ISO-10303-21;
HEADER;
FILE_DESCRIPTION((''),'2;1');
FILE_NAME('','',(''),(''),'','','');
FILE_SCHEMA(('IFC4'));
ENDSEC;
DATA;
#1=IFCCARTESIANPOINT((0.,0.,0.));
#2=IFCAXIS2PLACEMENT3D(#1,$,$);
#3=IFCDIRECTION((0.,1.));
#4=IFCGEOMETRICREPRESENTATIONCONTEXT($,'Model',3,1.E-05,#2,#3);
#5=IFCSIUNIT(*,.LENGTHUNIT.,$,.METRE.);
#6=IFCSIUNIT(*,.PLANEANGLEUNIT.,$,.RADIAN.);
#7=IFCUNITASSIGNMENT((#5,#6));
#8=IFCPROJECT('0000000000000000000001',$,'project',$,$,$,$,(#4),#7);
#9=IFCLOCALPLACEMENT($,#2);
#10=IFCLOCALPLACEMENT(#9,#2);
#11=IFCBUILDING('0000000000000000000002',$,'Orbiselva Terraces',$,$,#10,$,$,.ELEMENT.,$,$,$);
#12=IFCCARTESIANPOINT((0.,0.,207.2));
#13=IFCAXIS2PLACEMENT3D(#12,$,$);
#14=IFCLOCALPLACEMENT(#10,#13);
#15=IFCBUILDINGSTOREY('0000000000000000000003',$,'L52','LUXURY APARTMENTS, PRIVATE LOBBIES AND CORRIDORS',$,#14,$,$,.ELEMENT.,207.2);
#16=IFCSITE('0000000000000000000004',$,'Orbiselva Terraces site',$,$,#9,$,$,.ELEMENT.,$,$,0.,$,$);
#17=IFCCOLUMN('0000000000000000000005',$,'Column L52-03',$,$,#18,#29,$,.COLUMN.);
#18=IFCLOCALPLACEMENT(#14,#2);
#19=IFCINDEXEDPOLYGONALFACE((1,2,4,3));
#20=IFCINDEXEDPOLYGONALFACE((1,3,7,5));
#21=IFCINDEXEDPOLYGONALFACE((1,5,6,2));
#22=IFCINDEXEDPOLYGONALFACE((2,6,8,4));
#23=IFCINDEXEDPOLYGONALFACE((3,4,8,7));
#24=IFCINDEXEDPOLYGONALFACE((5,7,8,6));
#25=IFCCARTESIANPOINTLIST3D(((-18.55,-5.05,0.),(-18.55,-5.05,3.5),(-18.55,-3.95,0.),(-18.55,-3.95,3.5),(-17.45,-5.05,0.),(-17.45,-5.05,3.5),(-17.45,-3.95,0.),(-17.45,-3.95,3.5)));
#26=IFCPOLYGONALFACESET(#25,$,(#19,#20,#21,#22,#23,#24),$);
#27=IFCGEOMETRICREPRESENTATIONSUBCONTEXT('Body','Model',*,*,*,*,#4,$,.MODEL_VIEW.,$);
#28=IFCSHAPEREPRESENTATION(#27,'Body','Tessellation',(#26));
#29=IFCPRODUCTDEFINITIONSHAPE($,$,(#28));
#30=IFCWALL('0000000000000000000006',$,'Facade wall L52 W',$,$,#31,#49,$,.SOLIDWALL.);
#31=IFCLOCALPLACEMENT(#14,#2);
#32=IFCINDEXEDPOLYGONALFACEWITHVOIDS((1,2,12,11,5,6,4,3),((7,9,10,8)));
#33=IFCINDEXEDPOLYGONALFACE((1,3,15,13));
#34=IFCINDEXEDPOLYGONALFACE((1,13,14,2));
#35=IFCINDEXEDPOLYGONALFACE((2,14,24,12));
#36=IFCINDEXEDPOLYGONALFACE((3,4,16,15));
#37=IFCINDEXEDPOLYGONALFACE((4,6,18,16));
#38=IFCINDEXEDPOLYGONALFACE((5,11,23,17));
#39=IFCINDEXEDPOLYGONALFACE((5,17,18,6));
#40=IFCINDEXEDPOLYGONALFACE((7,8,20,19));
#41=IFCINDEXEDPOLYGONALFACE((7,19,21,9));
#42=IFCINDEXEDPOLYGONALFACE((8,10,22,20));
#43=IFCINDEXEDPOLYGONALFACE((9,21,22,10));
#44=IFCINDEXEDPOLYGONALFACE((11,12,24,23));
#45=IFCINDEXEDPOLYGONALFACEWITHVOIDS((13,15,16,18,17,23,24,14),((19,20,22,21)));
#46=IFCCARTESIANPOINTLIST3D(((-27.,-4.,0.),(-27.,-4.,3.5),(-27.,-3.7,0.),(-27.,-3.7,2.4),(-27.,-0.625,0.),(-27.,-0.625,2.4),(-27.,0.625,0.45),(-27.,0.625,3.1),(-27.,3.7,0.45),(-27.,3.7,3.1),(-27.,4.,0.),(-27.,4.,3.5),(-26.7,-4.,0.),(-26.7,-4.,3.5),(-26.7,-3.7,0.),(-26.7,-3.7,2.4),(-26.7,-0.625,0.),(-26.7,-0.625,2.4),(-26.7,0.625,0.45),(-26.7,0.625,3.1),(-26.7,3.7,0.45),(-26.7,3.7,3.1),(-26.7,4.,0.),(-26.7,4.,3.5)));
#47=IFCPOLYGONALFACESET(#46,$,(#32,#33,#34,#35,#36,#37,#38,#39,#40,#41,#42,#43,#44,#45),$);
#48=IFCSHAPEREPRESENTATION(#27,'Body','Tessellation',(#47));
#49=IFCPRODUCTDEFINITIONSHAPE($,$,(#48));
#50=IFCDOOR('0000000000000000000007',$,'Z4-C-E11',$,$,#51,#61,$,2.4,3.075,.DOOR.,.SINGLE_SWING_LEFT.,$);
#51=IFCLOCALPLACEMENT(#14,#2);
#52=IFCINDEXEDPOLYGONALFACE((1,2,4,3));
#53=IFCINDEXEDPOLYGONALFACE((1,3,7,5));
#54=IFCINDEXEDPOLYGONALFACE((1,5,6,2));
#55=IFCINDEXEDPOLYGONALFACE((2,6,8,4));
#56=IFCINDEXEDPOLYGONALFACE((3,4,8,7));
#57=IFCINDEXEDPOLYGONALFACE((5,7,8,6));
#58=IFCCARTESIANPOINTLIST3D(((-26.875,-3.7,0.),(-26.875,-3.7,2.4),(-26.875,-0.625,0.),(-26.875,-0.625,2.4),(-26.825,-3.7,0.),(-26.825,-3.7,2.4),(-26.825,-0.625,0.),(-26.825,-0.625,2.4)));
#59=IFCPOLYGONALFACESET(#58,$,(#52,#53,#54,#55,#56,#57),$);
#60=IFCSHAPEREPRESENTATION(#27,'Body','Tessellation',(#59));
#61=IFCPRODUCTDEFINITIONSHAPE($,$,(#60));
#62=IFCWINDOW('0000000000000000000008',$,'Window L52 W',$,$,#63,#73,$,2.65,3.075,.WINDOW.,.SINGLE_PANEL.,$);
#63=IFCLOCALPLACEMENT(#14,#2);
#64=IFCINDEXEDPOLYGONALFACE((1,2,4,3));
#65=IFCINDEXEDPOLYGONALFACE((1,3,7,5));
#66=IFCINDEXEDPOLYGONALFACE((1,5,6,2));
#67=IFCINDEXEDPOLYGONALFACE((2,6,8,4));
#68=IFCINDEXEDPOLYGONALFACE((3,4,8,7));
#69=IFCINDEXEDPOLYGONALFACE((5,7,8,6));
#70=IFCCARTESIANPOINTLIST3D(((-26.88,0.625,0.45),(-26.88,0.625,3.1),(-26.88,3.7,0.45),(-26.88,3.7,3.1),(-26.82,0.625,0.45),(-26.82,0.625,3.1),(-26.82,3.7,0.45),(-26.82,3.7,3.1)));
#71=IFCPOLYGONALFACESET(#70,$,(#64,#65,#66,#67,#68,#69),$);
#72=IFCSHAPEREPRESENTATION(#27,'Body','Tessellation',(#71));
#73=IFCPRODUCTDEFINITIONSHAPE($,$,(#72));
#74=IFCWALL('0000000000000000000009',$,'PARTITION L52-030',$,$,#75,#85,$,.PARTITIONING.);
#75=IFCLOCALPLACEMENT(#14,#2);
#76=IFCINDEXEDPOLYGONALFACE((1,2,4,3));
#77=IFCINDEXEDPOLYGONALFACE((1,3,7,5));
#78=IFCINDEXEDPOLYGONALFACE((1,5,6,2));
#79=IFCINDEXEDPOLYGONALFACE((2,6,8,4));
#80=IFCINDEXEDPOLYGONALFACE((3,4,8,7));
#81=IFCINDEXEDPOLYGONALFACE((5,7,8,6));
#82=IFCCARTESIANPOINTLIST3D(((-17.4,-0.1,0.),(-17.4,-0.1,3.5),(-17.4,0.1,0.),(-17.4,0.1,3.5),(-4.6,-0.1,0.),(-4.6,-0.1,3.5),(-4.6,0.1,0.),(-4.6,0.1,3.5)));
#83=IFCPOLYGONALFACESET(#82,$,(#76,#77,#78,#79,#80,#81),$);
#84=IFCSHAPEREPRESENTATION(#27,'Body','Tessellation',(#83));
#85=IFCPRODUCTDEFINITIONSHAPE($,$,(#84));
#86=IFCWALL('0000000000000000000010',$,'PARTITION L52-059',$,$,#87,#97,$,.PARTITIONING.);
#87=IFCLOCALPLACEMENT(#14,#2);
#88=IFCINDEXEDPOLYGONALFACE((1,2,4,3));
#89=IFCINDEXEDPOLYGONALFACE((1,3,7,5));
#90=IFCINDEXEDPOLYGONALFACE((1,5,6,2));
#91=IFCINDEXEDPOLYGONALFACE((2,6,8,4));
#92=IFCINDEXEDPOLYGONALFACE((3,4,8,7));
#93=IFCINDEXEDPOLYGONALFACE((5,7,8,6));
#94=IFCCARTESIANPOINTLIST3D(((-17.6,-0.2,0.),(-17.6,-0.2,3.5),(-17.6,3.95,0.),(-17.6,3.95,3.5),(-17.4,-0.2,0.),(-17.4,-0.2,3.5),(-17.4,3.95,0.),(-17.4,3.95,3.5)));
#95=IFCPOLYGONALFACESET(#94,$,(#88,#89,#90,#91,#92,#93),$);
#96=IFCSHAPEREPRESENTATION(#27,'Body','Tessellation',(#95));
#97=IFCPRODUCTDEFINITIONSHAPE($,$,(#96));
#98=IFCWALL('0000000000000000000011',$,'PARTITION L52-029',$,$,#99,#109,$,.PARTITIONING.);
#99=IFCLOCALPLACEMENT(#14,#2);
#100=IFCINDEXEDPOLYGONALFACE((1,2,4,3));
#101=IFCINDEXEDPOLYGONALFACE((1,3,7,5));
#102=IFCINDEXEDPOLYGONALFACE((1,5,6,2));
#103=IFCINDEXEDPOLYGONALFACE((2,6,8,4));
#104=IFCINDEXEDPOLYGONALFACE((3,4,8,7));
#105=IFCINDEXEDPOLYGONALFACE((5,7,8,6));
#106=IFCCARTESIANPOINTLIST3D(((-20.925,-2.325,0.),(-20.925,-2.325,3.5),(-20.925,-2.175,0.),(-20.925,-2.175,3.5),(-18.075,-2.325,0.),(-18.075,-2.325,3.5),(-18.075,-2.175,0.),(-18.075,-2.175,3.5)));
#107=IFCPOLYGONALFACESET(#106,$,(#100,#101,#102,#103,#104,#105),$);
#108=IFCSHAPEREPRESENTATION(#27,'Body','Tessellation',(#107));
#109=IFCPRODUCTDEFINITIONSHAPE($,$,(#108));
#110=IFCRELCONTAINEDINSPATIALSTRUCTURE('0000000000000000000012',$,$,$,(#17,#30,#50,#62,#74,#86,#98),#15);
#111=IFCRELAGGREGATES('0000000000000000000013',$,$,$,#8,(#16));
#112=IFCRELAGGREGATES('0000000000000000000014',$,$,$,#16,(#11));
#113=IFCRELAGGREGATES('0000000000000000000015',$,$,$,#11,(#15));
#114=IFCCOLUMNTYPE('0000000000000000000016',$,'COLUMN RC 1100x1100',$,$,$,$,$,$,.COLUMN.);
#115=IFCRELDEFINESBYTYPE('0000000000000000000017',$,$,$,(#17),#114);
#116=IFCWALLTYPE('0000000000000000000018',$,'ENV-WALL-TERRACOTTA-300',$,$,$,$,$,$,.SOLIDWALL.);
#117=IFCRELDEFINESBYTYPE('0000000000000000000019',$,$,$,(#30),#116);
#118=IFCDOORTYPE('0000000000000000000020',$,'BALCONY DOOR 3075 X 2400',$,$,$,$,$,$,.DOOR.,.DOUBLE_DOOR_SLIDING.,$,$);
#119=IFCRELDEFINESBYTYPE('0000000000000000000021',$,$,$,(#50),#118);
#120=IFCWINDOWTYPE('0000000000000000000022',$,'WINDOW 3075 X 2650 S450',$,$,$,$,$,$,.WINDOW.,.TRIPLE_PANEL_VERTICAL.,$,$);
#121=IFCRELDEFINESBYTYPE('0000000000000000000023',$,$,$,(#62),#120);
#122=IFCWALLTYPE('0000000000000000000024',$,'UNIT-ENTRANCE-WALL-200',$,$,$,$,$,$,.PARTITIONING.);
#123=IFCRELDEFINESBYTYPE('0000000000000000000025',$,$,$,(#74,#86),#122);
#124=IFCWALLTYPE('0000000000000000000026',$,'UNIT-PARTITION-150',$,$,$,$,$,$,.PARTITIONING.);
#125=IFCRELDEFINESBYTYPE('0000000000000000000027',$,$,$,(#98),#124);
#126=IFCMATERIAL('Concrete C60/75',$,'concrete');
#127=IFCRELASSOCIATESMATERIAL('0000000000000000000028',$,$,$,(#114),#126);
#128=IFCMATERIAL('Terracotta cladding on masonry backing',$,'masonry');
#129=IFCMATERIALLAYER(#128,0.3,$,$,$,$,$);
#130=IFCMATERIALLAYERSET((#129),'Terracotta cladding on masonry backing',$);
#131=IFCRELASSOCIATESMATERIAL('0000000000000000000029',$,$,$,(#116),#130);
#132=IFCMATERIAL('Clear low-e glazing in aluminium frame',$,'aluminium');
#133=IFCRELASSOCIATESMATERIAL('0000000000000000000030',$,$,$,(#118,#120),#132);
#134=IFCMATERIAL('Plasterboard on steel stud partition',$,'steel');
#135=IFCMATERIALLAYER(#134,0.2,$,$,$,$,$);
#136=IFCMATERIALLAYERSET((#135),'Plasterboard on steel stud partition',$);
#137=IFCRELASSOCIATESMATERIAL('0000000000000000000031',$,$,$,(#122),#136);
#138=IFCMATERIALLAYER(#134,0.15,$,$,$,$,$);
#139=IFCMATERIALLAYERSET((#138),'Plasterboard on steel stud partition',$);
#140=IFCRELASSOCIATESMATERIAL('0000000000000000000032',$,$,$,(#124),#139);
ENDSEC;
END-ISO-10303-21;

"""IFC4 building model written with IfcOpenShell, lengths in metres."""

from ifc_helpers import new_model, si_unit, direction, frame, frame_2d, origin, origin_2d, place, context, subcontext, project, spatial, rectangle, extrude, material, layer, layer_set, material_profile, profile_set, type_object, element, fill, save


model = new_model("IFC4")

# Units and contexts
model_context = context("Model", 3, precision=1e-05, world=origin(), true_north=direction((0.0, 1.0)))
body_context = subcontext(model_context, "Body", "Model", "MODEL_VIEW")
ifc_project = project(units=[si_unit("LENGTHUNIT", "METRE"), si_unit("PLANEANGLEUNIT", "RADIAN")], contexts=[model_context])

# Site, building, storey
site_placement = place(None, origin())
site = spatial("IfcSite", under=ifc_project, at=site_placement, Name="Orbiselva Terraces site", CompositionType="ELEMENT", RefElevation=0.0)
building_placement = place(site_placement, origin())
building = spatial("IfcBuilding", under=site, at=building_placement, Name="Orbiselva Terraces", CompositionType="ELEMENT")
storey_placement = place(building_placement, frame((0.0, 0.0, 207.2)))
storey = spatial("IfcBuildingStorey", under=building, at=storey_placement, Name="L52", Description="LUXURY APARTMENTS, PRIVATE LOBBIES AND CORRIDORS", CompositionType="ELEMENT", Elevation=207.2)

# Column
ifc_material_1 = material(Name="Concrete C60/75", Category="concrete")
ifc_material_profile = material_profile(ifc_material_1, rectangle(XDim=1.1, YDim=1.1, at=origin_2d()), Name="RC 1100x1100")
ifc_profile_set = profile_set([ifc_material_profile], Name="Concrete C60/75")
column_type = type_object("IfcColumnType", Name="COLUMN RC 1100x1100", PredefinedType="COLUMN", material=ifc_profile_set)
column_placement = place(storey_placement, frame((-18.0, -4.5, 0.0), z_axis=(0.0, 0.0, 1.0), x_axis=(1.0, 0.0, 0.0)))
element("IfcColumn", 1, at=column_placement, inside=storey, type_object=column_type, Name="Column L52-03", PredefinedType="COLUMN", context=body_context, shape_type="SweptSolid", body=[
    extrude(rectangle(XDim=1.1, YDim=1.1, at=origin_2d()), origin(), (0.0, 0.0, 1.0), 3.5),
])

# Wall, openings, door, window
ifc_material_2 = material(Name="Terracotta cladding on masonry backing", Category="masonry")
ifc_layer_1 = layer(ifc_material_2, 0.3)
ifc_layer_set_1 = layer_set([ifc_layer_1], Name="Terracotta cladding on masonry backing")
wall_type_1 = type_object("IfcWallType", Name="ENV-WALL-TERRACOTTA-300", PredefinedType="SOLIDWALL", material=ifc_layer_set_1)
wall_1_placement = place(storey_placement, frame((-26.85, -4.0, 0.0), z_axis=(0.0, 0.0, 1.0), x_axis=(0.0, 1.0, 0.0)))
wall_1 = element("IfcWall", 2, at=wall_1_placement, inside=storey, type_object=wall_type_1, Name="Facade wall L52 W", PredefinedType="SOLIDWALL", context=body_context, shape_type="SweptSolid", body=[
    extrude(rectangle(XDim=8.0, YDim=0.3, at=frame_2d((4.0, 0.0))), origin(), (0.0, 0.0, 1.0), 3.5),
])
opening_1_placement = place(wall_1_placement, frame((4.625, 0.0, 0.45)))
opening_1 = element("IfcOpeningElement", 3, at=opening_1_placement, cuts=wall_1, PredefinedType="OPENING", context=body_context, shape_type="SweptSolid", body=[
    extrude(rectangle(XDim=3.075, YDim=2.65, at=frame_2d((1.5375, 1.325))), frame((0.0, 0.16, 0.0), z_axis=(0.0, -1.0, 0.0), x_axis=(1.0, 0.0, 0.0)), (0.0, 0.0, 1.0), 0.32),
])
opening_2_placement = place(wall_1_placement, frame((0.3, 0.0, 0.0)))
opening_2 = element("IfcOpeningElement", 4, at=opening_2_placement, cuts=wall_1, PredefinedType="OPENING", context=body_context, shape_type="SweptSolid", body=[
    extrude(rectangle(XDim=3.075, YDim=2.4, at=frame_2d((1.5375, 1.2))), frame((0.0, 0.16, 0.0), z_axis=(0.0, -1.0, 0.0), x_axis=(1.0, 0.0, 0.0)), (0.0, 0.0, 1.0), 0.32),
])
ifc_material_3 = material(Name="Clear low-e glazing in aluminium frame", Category="aluminium")
door_type_1 = type_object("IfcDoorType", Name="BALCONY DOOR 3075 X 2400", OperationType="DOUBLE_DOOR_SLIDING", PredefinedType="DOOR", material=ifc_material_3)
door_1_placement = place(opening_2_placement, origin())
door_1 = element("IfcDoor", 5, at=door_1_placement, inside=storey, type_object=door_type_1, Name="Z4-C-E11", OperationType="SINGLE_SWING_LEFT", OverallHeight=2.4, OverallWidth=3.075, PredefinedType="DOOR", context=body_context, shape_type="SweptSolid", body=[
    extrude(rectangle(XDim=3.075, YDim=2.4, at=frame_2d((1.5375, 1.2))), frame((0.0, 0.025, 0.0), z_axis=(0.0, -1.0, 0.0), x_axis=(1.0, 0.0, 0.0)), (0.0, 0.0, 1.0), 0.05),
])
fill(opening_2, door_1)
window_type = type_object("IfcWindowType", Name="WINDOW 3075 X 2650 S450", PartitioningType="TRIPLE_PANEL_VERTICAL", PredefinedType="WINDOW", material=ifc_material_3)
window_placement = place(opening_1_placement, origin())
window = element("IfcWindow", 6, at=window_placement, inside=storey, type_object=window_type, Name="Window L52 W", OverallHeight=2.65, OverallWidth=3.075, PartitioningType="SINGLE_PANEL", PredefinedType="WINDOW", context=body_context, shape_type="SweptSolid", body=[
    extrude(rectangle(XDim=3.075, YDim=2.65, at=frame_2d((1.5375, 1.325))), frame((0.0, 0.03, 0.0), z_axis=(0.0, -1.0, 0.0), x_axis=(1.0, 0.0, 0.0)), (0.0, 0.0, 1.0), 0.06),
])
fill(opening_1, window)

# Walls
ifc_material_4 = material(Name="Plasterboard on steel stud partition", Category="steel")
ifc_layer_2 = layer(ifc_material_4, 0.2)
ifc_layer_set_2 = layer_set([ifc_layer_2], Name="Plasterboard on steel stud partition")
wall_type_2 = type_object("IfcWallType", Name="UNIT-ENTRANCE-WALL-200", PredefinedType="PARTITIONING", material=ifc_layer_set_2)
wall_2_placement = place(storey_placement, frame((-17.4, 0.0, 0.0), z_axis=(0.0, 0.0, 1.0), x_axis=(1.0, 0.0, 0.0)))
element("IfcWall", 7, at=wall_2_placement, inside=storey, type_object=wall_type_2, Name="PARTITION L52-030", PredefinedType="PARTITIONING", context=body_context, shape_type="SweptSolid", body=[
    extrude(rectangle(XDim=12.8, YDim=0.2, at=frame_2d((6.4, 0.0))), origin(), (0.0, 0.0, 1.0), 3.5),
])
wall_3_placement = place(storey_placement, frame((-17.5, -0.2, 0.0), z_axis=(0.0, 0.0, 1.0), x_axis=(0.0, 1.0, 0.0)))
element("IfcWall", 8, at=wall_3_placement, inside=storey, type_object=wall_type_2, Name="PARTITION L52-059", PredefinedType="PARTITIONING", context=body_context, shape_type="SweptSolid", body=[
    extrude(rectangle(XDim=4.15, YDim=0.2, at=frame_2d((2.075, 0.0))), origin(), (0.0, 0.0, 1.0), 3.5),
])
ifc_layer_3 = layer(ifc_material_4, 0.15)
ifc_layer_set_3 = layer_set([ifc_layer_3], Name="Plasterboard on steel stud partition")
wall_type_3 = type_object("IfcWallType", Name="UNIT-PARTITION-150", PredefinedType="PARTITIONING", material=ifc_layer_set_3)
wall_4_placement = place(storey_placement, frame((-20.925, -2.25, 0.0), z_axis=(0.0, 0.0, 1.0), x_axis=(1.0, 0.0, 0.0)))
element("IfcWall", 9, at=wall_4_placement, inside=storey, type_object=wall_type_3, Name="PARTITION L52-029", PredefinedType="PARTITIONING", context=body_context, shape_type="SweptSolid", body=[
    extrude(rectangle(XDim=2.85, YDim=0.15, at=frame_2d((1.425, 0.0))), origin(), (0.0, 0.0, 1.0), 3.5),
])

save(model, "model.ifc")
